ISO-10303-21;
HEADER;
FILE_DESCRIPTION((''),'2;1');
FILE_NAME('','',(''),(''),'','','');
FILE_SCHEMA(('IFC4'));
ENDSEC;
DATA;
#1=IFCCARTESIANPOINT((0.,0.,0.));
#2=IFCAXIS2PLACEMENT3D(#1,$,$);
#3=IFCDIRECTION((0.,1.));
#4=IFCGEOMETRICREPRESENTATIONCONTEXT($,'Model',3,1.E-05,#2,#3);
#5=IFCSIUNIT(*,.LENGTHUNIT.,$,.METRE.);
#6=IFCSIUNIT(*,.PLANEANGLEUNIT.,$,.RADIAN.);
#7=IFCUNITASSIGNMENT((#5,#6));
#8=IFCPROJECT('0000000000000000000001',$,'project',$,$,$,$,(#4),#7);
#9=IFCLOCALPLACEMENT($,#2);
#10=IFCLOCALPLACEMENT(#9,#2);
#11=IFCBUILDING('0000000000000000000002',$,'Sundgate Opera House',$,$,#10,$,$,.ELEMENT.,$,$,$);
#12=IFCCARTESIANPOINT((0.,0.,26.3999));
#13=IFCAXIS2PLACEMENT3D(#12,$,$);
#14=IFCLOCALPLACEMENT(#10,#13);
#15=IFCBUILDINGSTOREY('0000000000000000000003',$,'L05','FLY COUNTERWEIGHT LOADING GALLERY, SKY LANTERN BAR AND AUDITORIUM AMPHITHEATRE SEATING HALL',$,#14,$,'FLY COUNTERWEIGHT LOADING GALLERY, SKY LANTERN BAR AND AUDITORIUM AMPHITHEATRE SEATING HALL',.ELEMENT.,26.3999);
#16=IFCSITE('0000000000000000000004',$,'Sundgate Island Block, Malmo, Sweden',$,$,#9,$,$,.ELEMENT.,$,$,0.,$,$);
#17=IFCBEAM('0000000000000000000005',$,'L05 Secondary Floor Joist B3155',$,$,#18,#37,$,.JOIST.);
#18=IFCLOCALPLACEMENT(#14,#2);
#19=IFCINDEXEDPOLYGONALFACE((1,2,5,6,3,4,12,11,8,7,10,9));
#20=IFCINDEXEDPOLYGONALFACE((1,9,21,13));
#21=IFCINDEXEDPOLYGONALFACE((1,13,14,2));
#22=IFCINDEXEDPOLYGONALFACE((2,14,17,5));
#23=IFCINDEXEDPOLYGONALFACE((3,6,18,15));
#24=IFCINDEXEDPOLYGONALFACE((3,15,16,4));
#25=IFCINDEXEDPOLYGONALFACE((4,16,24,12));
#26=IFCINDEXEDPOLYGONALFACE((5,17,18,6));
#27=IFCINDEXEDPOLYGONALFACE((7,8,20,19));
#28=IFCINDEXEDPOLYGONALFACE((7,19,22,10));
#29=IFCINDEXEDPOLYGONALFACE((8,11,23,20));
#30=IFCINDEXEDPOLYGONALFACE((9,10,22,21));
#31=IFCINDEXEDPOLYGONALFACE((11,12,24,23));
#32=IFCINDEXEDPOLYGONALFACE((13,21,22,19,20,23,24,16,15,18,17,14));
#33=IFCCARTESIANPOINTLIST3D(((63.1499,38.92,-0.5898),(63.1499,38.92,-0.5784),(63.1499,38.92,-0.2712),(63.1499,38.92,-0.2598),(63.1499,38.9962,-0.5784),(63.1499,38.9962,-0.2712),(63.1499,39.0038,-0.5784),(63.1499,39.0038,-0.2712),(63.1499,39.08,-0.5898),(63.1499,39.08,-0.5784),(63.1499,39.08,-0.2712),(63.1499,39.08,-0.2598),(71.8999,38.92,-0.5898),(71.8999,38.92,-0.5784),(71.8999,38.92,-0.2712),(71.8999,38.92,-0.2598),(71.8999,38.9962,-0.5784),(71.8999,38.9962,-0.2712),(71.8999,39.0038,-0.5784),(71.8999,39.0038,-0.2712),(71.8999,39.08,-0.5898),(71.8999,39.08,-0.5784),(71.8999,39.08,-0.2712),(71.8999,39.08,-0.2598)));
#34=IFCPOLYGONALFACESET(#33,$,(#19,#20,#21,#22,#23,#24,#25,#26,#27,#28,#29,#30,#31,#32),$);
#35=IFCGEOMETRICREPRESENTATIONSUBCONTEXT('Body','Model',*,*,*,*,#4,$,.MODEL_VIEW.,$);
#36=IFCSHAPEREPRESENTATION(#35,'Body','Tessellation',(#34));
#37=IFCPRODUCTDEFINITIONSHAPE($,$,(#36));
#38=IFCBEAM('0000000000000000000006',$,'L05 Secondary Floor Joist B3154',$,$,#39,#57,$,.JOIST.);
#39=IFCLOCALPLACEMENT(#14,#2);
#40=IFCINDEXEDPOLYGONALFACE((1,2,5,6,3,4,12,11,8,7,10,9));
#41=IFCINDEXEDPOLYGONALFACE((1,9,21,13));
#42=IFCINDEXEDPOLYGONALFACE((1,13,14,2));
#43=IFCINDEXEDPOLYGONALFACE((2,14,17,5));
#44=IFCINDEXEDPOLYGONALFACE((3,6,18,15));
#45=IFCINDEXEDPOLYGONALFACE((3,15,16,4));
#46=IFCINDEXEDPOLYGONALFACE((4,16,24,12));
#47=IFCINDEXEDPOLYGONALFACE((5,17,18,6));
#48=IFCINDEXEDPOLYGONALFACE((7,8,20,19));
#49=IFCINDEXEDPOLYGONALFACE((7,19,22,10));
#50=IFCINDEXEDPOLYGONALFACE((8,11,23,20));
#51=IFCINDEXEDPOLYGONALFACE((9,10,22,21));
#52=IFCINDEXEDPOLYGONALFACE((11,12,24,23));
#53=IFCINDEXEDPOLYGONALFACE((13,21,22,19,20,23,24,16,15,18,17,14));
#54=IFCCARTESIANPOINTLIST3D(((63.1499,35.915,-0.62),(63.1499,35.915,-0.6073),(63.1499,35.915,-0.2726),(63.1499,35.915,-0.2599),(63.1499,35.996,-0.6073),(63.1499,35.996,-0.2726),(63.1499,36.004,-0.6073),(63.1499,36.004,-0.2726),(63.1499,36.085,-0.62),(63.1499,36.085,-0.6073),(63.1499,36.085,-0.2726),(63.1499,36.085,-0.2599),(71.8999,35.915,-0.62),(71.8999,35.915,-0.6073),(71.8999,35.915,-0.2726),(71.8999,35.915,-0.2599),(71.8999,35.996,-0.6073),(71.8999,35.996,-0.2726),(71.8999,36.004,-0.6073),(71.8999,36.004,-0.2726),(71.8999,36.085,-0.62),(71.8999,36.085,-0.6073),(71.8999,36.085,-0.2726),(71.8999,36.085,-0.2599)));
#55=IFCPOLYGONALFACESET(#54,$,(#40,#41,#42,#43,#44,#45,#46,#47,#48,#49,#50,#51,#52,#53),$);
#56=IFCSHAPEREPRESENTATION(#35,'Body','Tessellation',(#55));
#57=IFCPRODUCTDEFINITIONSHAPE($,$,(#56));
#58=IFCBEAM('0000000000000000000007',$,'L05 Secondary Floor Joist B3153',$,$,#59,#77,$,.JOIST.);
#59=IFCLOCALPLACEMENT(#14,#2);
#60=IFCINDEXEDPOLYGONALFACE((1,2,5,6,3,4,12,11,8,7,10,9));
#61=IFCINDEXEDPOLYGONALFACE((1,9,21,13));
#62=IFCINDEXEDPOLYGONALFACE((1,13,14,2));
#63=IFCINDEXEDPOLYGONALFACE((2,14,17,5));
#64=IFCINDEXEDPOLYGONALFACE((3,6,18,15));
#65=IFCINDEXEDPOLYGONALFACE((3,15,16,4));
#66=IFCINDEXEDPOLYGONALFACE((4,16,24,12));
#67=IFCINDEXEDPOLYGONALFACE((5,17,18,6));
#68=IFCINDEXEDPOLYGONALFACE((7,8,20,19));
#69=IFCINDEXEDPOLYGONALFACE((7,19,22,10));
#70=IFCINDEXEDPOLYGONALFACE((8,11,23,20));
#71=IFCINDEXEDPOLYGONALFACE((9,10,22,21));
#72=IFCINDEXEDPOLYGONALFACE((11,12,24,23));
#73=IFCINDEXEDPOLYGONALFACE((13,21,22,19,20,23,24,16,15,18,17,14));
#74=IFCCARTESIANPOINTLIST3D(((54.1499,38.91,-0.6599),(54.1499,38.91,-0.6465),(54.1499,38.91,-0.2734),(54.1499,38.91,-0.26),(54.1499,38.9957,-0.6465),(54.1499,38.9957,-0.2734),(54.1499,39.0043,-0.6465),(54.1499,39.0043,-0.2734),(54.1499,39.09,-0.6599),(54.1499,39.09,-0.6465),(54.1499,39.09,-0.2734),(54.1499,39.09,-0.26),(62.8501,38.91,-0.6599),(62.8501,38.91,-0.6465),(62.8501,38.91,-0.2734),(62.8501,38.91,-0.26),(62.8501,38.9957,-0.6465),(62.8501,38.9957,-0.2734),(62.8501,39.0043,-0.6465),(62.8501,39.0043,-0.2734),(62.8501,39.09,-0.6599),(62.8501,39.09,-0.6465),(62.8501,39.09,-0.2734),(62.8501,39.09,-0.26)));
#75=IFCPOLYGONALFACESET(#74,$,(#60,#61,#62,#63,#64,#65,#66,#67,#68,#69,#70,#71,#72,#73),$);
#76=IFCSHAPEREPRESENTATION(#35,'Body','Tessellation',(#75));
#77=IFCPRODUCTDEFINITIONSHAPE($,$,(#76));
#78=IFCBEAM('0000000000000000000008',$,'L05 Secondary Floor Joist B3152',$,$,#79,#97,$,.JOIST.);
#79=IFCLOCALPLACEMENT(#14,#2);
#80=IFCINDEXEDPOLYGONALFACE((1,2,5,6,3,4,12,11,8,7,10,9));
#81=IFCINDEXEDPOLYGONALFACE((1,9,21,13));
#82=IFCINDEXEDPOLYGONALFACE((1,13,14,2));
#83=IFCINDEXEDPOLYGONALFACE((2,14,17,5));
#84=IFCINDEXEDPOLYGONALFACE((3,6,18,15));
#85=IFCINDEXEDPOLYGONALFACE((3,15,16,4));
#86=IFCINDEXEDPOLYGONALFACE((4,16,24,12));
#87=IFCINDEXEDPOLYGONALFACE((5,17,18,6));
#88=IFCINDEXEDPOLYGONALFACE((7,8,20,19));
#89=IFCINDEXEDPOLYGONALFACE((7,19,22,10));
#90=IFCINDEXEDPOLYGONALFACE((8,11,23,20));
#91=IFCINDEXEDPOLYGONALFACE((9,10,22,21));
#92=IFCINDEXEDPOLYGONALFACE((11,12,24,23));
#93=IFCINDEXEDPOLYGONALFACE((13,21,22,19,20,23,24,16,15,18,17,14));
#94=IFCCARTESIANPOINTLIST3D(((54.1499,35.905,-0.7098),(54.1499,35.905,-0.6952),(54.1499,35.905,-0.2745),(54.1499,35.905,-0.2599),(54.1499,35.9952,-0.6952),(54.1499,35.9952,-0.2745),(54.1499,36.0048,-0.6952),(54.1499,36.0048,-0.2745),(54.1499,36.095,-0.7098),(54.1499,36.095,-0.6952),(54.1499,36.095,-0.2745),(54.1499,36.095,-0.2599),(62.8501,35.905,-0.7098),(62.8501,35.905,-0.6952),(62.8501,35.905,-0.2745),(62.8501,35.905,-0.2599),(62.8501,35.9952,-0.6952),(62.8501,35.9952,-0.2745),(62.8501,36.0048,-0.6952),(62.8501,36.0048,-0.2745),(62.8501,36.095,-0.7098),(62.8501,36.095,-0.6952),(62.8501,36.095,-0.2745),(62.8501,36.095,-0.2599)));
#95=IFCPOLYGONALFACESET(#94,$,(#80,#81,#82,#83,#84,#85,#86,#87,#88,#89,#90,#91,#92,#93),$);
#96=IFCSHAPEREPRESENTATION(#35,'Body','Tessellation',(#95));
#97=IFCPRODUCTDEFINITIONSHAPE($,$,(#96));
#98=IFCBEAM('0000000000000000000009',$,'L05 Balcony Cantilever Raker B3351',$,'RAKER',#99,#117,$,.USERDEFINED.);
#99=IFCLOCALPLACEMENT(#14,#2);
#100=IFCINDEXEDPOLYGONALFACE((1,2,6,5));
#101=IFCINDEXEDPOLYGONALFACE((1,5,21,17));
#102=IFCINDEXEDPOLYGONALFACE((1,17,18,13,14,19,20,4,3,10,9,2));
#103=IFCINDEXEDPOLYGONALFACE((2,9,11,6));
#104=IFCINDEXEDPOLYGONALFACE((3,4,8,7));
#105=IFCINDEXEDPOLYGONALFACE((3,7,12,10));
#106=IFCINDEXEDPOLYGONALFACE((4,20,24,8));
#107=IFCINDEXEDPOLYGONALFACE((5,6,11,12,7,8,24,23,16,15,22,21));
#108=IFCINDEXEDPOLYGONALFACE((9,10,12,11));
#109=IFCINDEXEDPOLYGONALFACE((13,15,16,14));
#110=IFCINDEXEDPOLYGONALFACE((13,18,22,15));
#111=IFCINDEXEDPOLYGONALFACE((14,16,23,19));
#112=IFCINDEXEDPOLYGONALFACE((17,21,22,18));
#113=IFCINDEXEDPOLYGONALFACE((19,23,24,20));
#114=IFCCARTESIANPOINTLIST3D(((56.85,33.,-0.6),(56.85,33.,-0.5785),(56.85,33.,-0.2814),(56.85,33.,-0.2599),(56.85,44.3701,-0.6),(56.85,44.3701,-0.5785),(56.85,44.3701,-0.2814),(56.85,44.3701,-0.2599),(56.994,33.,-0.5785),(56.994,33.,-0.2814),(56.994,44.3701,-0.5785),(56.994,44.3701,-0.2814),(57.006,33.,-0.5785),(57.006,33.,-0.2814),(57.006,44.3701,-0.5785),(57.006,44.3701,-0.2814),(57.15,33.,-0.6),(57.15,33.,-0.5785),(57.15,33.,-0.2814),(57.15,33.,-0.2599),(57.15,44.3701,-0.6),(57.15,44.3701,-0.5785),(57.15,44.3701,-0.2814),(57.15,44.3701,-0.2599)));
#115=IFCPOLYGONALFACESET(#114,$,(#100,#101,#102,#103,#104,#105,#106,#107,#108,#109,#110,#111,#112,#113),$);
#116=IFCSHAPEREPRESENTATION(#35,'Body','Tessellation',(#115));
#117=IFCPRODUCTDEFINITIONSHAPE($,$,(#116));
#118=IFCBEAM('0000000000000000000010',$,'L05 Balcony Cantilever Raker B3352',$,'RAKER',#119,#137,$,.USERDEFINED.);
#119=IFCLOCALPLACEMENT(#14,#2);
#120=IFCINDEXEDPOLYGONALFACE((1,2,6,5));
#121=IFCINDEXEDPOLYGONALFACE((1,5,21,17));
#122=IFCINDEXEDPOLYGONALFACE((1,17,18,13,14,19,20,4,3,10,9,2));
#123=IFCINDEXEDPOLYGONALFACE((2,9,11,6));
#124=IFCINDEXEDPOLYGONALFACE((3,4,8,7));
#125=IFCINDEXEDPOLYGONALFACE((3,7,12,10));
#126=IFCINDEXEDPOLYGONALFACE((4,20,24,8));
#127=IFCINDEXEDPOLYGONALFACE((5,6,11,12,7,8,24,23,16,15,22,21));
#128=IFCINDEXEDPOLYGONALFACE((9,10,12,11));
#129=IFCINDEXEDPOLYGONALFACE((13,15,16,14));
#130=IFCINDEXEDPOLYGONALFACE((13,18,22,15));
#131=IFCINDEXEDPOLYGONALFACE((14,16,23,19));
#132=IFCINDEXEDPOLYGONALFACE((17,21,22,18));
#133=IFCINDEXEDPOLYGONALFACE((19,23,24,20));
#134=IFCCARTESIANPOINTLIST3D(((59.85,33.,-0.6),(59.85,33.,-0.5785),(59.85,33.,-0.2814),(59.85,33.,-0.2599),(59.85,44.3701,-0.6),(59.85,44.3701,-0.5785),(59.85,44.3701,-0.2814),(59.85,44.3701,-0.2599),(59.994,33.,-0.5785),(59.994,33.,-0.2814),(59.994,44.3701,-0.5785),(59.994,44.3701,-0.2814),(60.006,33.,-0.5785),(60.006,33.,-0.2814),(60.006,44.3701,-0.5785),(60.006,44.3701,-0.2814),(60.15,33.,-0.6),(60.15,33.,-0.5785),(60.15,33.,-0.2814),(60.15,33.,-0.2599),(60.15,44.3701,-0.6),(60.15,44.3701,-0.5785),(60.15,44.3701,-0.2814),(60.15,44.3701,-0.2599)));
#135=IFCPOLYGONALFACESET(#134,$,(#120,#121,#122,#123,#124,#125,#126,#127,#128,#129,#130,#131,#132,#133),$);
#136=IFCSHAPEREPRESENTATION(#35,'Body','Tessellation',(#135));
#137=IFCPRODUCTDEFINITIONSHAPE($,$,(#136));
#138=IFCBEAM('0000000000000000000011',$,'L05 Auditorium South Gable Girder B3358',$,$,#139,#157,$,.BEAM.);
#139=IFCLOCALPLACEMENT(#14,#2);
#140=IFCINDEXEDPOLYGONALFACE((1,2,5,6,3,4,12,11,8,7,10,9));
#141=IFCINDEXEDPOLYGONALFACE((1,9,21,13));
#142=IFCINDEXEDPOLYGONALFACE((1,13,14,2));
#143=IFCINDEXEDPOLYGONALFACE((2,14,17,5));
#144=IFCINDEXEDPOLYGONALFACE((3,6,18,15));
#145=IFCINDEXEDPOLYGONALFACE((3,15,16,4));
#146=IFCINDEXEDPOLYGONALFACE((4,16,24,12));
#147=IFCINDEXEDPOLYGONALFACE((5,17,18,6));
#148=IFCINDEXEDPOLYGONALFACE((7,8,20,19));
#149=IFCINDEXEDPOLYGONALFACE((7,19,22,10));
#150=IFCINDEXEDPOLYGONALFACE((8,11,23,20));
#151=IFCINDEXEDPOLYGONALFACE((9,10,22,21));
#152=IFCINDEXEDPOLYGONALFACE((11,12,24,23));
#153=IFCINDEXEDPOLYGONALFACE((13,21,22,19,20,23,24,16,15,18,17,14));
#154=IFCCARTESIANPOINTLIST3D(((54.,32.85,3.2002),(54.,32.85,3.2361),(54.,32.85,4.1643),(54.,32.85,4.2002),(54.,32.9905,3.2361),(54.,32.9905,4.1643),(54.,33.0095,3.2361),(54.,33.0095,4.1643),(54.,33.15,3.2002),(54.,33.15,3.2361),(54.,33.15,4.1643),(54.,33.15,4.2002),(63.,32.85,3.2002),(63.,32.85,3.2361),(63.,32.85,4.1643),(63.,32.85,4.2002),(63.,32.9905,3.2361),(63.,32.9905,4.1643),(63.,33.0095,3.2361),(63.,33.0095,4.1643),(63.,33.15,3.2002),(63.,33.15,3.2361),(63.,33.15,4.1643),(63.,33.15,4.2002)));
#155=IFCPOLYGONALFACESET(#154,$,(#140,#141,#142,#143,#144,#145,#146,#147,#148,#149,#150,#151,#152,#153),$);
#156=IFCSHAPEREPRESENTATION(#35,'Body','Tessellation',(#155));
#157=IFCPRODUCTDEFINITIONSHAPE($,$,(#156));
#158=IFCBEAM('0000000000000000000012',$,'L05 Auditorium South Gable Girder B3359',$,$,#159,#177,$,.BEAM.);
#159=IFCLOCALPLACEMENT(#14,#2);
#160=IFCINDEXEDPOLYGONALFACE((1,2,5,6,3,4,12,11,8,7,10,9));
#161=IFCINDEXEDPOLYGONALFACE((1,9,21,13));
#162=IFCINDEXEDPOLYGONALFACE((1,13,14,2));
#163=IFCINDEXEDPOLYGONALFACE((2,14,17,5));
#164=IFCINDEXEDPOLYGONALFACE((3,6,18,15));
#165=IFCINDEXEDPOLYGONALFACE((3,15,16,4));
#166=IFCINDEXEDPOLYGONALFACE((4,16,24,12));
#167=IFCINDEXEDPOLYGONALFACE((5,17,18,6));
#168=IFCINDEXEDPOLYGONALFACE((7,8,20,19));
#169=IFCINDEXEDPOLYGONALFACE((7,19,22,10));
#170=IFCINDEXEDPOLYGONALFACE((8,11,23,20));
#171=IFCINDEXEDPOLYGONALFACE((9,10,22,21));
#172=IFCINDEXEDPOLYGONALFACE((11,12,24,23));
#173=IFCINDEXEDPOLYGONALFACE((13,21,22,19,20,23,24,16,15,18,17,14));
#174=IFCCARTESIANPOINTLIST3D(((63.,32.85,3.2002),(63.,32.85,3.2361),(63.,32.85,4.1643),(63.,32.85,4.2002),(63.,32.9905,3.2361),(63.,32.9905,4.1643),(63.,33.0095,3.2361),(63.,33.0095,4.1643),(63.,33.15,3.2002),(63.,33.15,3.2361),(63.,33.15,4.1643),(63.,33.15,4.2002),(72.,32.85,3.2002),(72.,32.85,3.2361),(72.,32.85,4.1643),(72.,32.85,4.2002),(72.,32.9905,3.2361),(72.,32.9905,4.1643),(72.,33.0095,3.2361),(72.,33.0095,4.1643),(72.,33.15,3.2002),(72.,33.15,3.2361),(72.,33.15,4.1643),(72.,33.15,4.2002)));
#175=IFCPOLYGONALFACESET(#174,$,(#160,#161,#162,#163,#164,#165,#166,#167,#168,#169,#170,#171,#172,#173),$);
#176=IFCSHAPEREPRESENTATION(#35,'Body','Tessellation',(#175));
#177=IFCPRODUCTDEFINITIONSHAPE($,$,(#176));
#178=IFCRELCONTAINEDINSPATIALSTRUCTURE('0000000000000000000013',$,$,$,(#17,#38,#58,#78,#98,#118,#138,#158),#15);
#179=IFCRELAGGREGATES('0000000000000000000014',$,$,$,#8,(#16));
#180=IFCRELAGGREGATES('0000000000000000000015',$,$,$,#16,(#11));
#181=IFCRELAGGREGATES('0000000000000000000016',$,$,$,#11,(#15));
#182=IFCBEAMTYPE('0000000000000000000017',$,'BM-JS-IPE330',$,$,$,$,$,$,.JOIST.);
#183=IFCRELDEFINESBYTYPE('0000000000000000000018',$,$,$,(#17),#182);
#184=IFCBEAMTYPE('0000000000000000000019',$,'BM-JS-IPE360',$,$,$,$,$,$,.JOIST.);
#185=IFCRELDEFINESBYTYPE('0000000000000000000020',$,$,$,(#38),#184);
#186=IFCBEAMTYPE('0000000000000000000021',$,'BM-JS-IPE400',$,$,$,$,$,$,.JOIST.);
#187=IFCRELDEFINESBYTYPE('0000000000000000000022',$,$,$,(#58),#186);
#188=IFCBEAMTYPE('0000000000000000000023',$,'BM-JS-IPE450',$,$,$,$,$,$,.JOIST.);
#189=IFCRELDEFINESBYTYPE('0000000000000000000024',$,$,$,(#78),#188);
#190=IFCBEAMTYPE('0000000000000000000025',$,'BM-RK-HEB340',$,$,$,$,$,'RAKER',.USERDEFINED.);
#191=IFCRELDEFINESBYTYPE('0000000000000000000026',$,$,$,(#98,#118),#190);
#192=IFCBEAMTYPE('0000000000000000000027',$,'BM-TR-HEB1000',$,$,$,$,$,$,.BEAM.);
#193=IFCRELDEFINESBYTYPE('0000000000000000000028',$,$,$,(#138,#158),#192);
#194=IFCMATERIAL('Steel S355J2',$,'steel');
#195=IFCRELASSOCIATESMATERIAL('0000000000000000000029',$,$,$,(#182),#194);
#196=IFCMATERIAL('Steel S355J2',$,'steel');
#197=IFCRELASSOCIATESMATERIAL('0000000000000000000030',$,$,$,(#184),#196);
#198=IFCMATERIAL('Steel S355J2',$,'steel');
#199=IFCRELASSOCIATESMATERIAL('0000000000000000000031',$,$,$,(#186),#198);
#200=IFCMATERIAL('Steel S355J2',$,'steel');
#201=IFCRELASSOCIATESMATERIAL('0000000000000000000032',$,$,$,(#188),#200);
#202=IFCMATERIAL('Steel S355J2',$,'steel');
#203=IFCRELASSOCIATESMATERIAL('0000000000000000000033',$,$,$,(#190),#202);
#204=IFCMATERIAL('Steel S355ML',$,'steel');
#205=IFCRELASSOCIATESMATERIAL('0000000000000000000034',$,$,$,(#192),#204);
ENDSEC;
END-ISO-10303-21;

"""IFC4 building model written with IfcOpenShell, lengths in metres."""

from ifc_helpers import new_model, si_unit, direction, frame, origin, origin_2d, place, context, subcontext, project, spatial, i_section, extrude, material, material_profile, profile_set, type_object, element, save


model = new_model("IFC4")

# Units and contexts
model_context = context("Model", 3, precision=1e-05, world=origin(), true_north=direction((0.0, 1.0)))
body_context = subcontext(model_context, "Body", "Model", "MODEL_VIEW")
ifc_project = project(units=[si_unit("LENGTHUNIT", "METRE"), si_unit("PLANEANGLEUNIT", "RADIAN")], contexts=[model_context])

# Site, building, storey
site_placement = place(None, origin())
site = spatial("IfcSite", under=ifc_project, at=site_placement, Name="Sundgate Island Block, Malmo, Sweden", CompositionType="ELEMENT", RefElevation=0.0)
building_placement = place(site_placement, origin())
building = spatial("IfcBuilding", under=site, at=building_placement, Name="Sundgate Opera House", CompositionType="ELEMENT")
storey_placement = place(building_placement, frame((0.0, 0.0, 26.3999)))
storey = spatial("IfcBuildingStorey", under=building, at=storey_placement, Name="L05", Description="FLY COUNTERWEIGHT LOADING GALLERY, SKY LANTERN BAR AND AUDITORIUM AMPHITHEATRE SEATING HALL", LongName="FLY COUNTERWEIGHT LOADING GALLERY, SKY LANTERN BAR AND AUDITORIUM AMPHITHEATRE SEATING HALL", CompositionType="ELEMENT", Elevation=26.3999)

# Beams
ifc_material_1 = material(Name="Steel S355J2", Category="steel")
ifc_material_profile_1 = material_profile(ifc_material_1, i_section(OverallWidth=0.1599, OverallDepth=0.3301, WebThickness=0.0076, FlangeThickness=0.0115, at=origin_2d()), Name="IPE 330")
ifc_profile_set_1 = profile_set([ifc_material_profile_1], Name="Steel S355J2")
beam_type_1 = type_object("IfcBeamType", Name="BM-JS-IPE330", PredefinedType="JOIST", material=ifc_profile_set_1)
beam_1_placement = place(storey_placement, frame((63.1499, 39.0, -0.4248), z_axis=(1.0, 0.0, 0.0), x_axis=(0.0, 1.0, 0.0)))
element("IfcBeam", 1, at=beam_1_placement, inside=storey, type_object=beam_type_1, Name="L05 Secondary Floor Joist B3155", PredefinedType="JOIST", context=body_context, shape_type="SweptSolid", body=[
    extrude(i_section(OverallWidth=0.1599, OverallDepth=0.3301, WebThickness=0.0076, FlangeThickness=0.0115, at=origin_2d()), origin(), (0.0, 0.0, 1.0), 8.75),
])
ifc_material_2 = material(Name="Steel S355J2", Category="steel")
ifc_material_profile_2 = material_profile(ifc_material_2, i_section(OverallWidth=0.1699, OverallDepth=0.3601, WebThickness=0.0081, FlangeThickness=0.0127, at=origin_2d()), Name="IPE 360")
ifc_profile_set_2 = profile_set([ifc_material_profile_2], Name="Steel S355J2")
beam_type_2 = type_object("IfcBeamType", Name="BM-JS-IPE360", PredefinedType="JOIST", material=ifc_profile_set_2)
beam_2_placement = place(storey_placement, frame((63.1499, 36.0, -0.4399), z_axis=(1.0, 0.0, 0.0), x_axis=(0.0, 1.0, 0.0)))
element("IfcBeam", 2, at=beam_2_placement, inside=storey, type_object=beam_type_2, Name="L05 Secondary Floor Joist B3154", PredefinedType="JOIST", context=body_context, shape_type="SweptSolid", body=[
    extrude(i_section(OverallWidth=0.1699, OverallDepth=0.3601, WebThickness=0.0081, FlangeThickness=0.0127, at=origin_2d()), origin(), (0.0, 0.0, 1.0), 8.75),
])
ifc_material_3 = material(Name="Steel S355J2", Category="steel")
ifc_material_profile_3 = material_profile(ifc_material_3, i_section(OverallWidth=0.1799, OverallDepth=0.3999, WebThickness=0.0085, FlangeThickness=0.0134, at=origin_2d()), Name="IPE 400")
ifc_profile_set_3 = profile_set([ifc_material_profile_3], Name="Steel S355J2")
beam_type_3 = type_object("IfcBeamType", Name="BM-JS-IPE400", PredefinedType="JOIST", material=ifc_profile_set_3)
beam_3_placement = place(storey_placement, frame((54.1499, 39.0, -0.46), z_axis=(1.0, 0.0, 0.0), x_axis=(0.0, 1.0, 0.0)))
element("IfcBeam", 3, at=beam_3_placement, inside=storey, type_object=beam_type_3, Name="L05 Secondary Floor Joist B3153", PredefinedType="JOIST", context=body_context, shape_type="SweptSolid", body=[
    extrude(i_section(OverallWidth=0.1799, OverallDepth=0.3999, WebThickness=0.0085, FlangeThickness=0.0134, at=origin_2d()), origin(), (0.0, 0.0, 1.0), 8.7002),
])
ifc_material_4 = material(Name="Steel S355J2", Category="steel")
ifc_material_profile_4 = material_profile(ifc_material_4, i_section(OverallWidth=0.1899, OverallDepth=0.45, WebThickness=0.0095, FlangeThickness=0.0146, at=origin_2d()), Name="IPE 450")
ifc_profile_set_4 = profile_set([ifc_material_profile_4], Name="Steel S355J2")
beam_type_4 = type_object("IfcBeamType", Name="BM-JS-IPE450", PredefinedType="JOIST", material=ifc_profile_set_4)
beam_4_placement = place(storey_placement, frame((54.1499, 36.0, -0.4849), z_axis=(1.0, 0.0, 0.0), x_axis=(0.0, 1.0, 0.0)))
element("IfcBeam", 4, at=beam_4_placement, inside=storey, type_object=beam_type_4, Name="L05 Secondary Floor Joist B3152", PredefinedType="JOIST", context=body_context, shape_type="SweptSolid", body=[
    extrude(i_section(OverallWidth=0.1899, OverallDepth=0.45, WebThickness=0.0095, FlangeThickness=0.0146, at=origin_2d()), origin(), (0.0, 0.0, 1.0), 8.7002),
])
ifc_material_5 = material(Name="Steel S355J2", Category="steel")
ifc_material_profile_5 = material_profile(ifc_material_5, i_section(OverallWidth=0.3, OverallDepth=0.3401, WebThickness=0.012, FlangeThickness=0.0215, at=origin_2d()), Name="HEB 340")
ifc_profile_set_5 = profile_set([ifc_material_profile_5], Name="Steel S355J2")
beam_type_5 = type_object("IfcBeamType", Name="BM-RK-HEB340", ElementType="RAKER", PredefinedType="USERDEFINED", material=ifc_profile_set_5)
for number, where, z_axis, x_axis, name in (
    (5, (57.0, 33.0, -0.4299), (0.0, 1.0, 0.0), (-1.0, 0.0, 0.0), "L05 Balcony Cantilever Raker B3351"),
    (6, (60.0, 33.0, -0.4299), (0.0, 1.0, 0.0), (-1.0, 0.0, 0.0), "L05 Balcony Cantilever Raker B3352"),
):
    element("IfcBeam", number, at=place(storey_placement, frame(where, z_axis=z_axis, x_axis=x_axis)), inside=storey, type_object=beam_type_5, Name=name, ObjectType="RAKER", PredefinedType="USERDEFINED", context=body_context, shape_type="SweptSolid", body=[
        extrude(i_section(OverallWidth=0.3, OverallDepth=0.3401, WebThickness=0.012, FlangeThickness=0.0215, at=origin_2d()), origin(), (0.0, 0.0, 1.0), 11.3701),
    ])
ifc_material_6 = material(Name="Steel S355ML", Category="steel")
ifc_material_profile_6 = material_profile(ifc_material_6, i_section(OverallWidth=0.3, OverallDepth=1.0, WebThickness=0.019, FlangeThickness=0.0359, at=origin_2d()), Name="HEB 1000")
ifc_profile_set_6 = profile_set([ifc_material_profile_6], Name="Steel S355ML")
beam_type_6 = type_object("IfcBeamType", Name="BM-TR-HEB1000", PredefinedType="BEAM", material=ifc_profile_set_6)
for number, where, z_axis, x_axis, name in (
    (7, (54.0, 33.0, 3.7002), (1.0, 0.0, 0.0), (0.0, 1.0, 0.0), "L05 Auditorium South Gable Girder B3358"),
    (8, (63.0, 33.0, 3.7002), (1.0, 0.0, 0.0), (0.0, 1.0, 0.0), "L05 Auditorium South Gable Girder B3359"),
):
    element("IfcBeam", number, at=place(storey_placement, frame(where, z_axis=z_axis, x_axis=x_axis)), inside=storey, type_object=beam_type_6, Name=name, PredefinedType="BEAM", context=body_context, shape_type="SweptSolid", body=[
        extrude(i_section(OverallWidth=0.3, OverallDepth=1.0, WebThickness=0.019, FlangeThickness=0.0359, at=origin_2d()), origin(), (0.0, 0.0, 1.0), 9.0),
    ])

save(model, "model.ifc")
